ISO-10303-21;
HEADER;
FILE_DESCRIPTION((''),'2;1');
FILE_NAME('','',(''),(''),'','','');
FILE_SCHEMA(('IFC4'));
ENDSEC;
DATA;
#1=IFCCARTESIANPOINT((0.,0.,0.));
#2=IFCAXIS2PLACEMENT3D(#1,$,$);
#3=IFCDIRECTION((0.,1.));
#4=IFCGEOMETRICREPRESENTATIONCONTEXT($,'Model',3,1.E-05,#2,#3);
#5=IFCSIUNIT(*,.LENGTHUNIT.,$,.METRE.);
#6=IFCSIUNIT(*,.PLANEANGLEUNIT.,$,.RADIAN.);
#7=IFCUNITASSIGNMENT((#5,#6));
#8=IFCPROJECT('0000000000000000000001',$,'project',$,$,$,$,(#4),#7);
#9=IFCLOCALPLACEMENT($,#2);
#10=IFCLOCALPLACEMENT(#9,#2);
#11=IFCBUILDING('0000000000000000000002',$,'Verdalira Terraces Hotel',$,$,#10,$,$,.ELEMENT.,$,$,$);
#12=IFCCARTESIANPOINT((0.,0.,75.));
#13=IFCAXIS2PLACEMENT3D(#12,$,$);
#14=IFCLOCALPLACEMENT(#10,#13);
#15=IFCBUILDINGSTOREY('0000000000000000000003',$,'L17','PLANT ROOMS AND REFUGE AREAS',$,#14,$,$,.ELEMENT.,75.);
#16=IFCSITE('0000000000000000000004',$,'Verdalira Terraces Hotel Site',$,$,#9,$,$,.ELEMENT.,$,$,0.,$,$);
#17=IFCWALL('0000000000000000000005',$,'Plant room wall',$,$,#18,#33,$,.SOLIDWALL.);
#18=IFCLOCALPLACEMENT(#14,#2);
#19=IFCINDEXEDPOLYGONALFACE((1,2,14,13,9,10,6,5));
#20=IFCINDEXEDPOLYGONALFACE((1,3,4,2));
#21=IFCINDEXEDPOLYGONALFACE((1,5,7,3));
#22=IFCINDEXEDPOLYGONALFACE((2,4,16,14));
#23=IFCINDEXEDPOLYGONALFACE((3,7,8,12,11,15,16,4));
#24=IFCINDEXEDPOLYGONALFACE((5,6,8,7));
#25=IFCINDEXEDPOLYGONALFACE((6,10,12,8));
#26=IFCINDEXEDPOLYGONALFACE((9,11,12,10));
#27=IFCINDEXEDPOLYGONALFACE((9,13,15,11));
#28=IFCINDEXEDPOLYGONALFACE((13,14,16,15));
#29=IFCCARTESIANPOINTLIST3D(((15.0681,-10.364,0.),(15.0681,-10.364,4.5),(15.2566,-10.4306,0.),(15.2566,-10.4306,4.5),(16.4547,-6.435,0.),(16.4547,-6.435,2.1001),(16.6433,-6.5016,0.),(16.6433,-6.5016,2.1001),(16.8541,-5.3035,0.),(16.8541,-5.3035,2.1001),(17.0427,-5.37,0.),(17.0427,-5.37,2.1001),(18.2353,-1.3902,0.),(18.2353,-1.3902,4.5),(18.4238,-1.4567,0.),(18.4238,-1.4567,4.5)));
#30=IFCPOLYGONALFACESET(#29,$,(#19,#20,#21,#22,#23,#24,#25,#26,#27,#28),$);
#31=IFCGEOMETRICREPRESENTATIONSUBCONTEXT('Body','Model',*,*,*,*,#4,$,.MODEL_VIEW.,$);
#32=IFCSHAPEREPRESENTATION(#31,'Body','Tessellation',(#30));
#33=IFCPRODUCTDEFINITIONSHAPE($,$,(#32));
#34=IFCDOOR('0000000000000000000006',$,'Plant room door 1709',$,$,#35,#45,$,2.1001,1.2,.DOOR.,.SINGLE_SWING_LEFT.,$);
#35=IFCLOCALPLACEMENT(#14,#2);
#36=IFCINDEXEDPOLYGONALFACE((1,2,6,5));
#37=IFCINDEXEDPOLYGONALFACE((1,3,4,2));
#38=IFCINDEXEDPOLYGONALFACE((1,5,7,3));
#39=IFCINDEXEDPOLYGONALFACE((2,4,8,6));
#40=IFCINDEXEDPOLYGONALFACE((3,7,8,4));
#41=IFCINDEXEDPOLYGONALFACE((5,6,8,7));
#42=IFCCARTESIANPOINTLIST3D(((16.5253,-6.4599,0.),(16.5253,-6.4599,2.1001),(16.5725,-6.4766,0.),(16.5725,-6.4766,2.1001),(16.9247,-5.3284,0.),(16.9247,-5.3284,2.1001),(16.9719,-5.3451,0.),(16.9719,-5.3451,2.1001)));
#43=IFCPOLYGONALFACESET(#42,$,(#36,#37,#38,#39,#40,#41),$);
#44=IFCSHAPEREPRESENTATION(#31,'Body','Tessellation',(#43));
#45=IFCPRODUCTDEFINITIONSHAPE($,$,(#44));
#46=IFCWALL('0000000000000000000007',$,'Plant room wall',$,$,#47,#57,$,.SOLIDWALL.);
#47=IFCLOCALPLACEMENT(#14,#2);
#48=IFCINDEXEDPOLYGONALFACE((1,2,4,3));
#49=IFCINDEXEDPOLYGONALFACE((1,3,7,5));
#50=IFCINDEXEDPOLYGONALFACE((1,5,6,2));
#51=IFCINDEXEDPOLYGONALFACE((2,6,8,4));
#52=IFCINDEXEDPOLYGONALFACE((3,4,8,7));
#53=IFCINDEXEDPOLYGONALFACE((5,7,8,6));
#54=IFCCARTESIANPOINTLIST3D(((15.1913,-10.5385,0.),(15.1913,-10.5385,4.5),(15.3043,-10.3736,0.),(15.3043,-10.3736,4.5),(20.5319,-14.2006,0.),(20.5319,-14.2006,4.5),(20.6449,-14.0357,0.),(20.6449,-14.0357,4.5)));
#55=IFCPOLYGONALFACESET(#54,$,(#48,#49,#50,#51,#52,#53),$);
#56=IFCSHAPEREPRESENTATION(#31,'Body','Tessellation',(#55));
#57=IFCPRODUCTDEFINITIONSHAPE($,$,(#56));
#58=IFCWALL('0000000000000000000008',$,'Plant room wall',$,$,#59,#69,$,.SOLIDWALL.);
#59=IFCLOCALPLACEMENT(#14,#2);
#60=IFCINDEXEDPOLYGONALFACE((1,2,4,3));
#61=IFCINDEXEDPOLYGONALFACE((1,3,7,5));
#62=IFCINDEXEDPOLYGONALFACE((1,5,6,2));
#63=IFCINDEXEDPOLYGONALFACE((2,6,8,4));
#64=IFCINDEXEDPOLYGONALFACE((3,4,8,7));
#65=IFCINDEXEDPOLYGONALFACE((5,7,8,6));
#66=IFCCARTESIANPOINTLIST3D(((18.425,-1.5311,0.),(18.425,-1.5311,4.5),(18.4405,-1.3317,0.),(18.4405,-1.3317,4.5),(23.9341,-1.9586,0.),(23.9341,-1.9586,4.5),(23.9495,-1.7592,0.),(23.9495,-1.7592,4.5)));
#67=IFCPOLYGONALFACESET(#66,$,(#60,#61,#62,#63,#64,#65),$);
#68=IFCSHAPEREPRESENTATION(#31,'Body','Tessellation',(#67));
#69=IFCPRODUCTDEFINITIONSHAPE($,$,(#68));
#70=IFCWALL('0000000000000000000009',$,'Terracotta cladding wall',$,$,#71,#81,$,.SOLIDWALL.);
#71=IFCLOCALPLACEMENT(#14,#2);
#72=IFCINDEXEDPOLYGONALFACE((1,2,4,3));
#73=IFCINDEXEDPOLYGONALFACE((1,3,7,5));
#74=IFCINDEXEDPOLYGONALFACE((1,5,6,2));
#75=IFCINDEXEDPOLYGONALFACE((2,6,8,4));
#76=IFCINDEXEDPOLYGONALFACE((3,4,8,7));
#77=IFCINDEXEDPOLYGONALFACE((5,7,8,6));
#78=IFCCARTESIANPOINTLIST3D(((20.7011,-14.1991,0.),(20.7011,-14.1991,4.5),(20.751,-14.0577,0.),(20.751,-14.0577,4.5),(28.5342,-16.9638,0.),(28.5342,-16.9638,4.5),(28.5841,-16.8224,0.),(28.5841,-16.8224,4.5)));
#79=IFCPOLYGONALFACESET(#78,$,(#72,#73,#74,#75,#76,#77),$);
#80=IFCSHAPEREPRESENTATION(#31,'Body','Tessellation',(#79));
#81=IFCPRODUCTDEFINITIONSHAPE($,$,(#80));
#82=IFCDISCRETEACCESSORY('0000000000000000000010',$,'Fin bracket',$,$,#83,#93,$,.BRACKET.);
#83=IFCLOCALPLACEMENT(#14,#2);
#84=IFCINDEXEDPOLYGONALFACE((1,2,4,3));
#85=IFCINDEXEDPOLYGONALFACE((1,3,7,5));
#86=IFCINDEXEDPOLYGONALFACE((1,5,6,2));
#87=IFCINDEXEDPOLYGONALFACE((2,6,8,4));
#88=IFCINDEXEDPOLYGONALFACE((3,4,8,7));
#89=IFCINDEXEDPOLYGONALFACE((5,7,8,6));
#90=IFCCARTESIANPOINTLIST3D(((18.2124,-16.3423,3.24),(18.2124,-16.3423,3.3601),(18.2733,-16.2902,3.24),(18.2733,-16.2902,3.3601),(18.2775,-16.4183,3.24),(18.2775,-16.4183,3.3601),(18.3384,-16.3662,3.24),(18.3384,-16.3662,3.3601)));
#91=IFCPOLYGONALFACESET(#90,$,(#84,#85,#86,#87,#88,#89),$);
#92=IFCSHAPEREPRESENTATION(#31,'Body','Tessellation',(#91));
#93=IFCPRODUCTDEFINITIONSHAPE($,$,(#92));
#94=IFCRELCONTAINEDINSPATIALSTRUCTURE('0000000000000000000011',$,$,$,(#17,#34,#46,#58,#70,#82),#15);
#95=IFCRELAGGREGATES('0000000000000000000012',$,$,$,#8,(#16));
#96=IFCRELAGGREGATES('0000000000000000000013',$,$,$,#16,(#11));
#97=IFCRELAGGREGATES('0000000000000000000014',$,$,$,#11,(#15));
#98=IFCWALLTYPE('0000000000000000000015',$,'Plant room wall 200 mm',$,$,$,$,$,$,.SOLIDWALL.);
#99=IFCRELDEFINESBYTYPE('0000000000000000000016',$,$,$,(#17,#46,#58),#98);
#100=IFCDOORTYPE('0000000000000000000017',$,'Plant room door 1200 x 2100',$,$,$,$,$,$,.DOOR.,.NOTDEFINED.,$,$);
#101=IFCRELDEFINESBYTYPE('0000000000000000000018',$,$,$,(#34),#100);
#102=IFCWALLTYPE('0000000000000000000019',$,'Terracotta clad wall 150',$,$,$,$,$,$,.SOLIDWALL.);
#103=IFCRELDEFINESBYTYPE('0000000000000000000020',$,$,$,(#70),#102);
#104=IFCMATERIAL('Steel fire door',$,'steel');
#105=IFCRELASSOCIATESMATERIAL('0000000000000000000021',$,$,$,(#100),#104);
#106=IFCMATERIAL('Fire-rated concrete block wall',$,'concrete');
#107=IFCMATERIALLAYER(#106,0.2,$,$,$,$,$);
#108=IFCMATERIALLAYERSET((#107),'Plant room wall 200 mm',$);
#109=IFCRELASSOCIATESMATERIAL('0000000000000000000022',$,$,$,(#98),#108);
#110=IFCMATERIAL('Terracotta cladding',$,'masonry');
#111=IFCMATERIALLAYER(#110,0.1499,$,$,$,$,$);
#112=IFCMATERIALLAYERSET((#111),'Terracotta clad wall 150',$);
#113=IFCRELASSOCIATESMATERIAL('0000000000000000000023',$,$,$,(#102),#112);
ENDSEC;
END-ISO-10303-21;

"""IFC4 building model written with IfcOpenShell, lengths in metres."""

from ifc_helpers import new_model, si_unit, direction, frame, frame_2d, origin, origin_2d, place, context, subcontext, project, spatial, rectangle, extrude, material, layer, layer_set, type_object, element, fill, save


model = new_model("IFC4")

# Units and contexts
model_context = context("Model", 3, precision=1e-05, world=origin(), true_north=direction((0.0, 1.0)))
body_context = subcontext(model_context, "Body", "Model", "MODEL_VIEW")
ifc_project = project(units=[si_unit("LENGTHUNIT", "METRE"), si_unit("PLANEANGLEUNIT", "RADIAN")], contexts=[model_context])

# Site, building, storey
site_placement = place(None, origin())
site = spatial("IfcSite", under=ifc_project, at=site_placement, Name="Verdalira Terraces Hotel Site", CompositionType="ELEMENT", RefElevation=0.0)
building_placement = place(site_placement, origin())
building = spatial("IfcBuilding", under=site, at=building_placement, Name="Verdalira Terraces Hotel", CompositionType="ELEMENT")
storey_placement = place(building_placement, frame((0.0, 0.0, 75.0)))
storey = spatial("IfcBuildingStorey", under=building, at=storey_placement, Name="L17", Description="PLANT ROOMS AND REFUGE AREAS", CompositionType="ELEMENT", Elevation=75.0)

# Shared definitions
ifc_material_1 = material(Name="Steel fire door", Category="steel")
door_type_1 = type_object("IfcDoorType", Name="Plant room door 1200 x 2100", OperationType="NOTDEFINED", PredefinedType="DOOR", material=ifc_material_1)
ifc_material_2 = material(Name="Fire-rated concrete block wall", Category="concrete")
ifc_layer_1 = layer(ifc_material_2, 0.2)
ifc_layer_set_1 = layer_set([ifc_layer_1], Name="Plant room wall 200 mm")
wall_type_1 = type_object("IfcWallType", Name="Plant room wall 200 mm", PredefinedType="SOLIDWALL", material=ifc_layer_set_1)

# Wall, opening, door
wall_1_placement = place(storey_placement, frame((18.3296, -1.4233, 0.0), z_axis=(0.0, 0.0, 1.0), x_axis=(-0.332819, -0.942991, 0.0)))
wall_1 = element("IfcWall", 1, at=wall_1_placement, inside=storey, type_object=wall_type_1, Name="Plant room wall", PredefinedType="SOLIDWALL", context=body_context, shape_type="SweptSolid", body=[
    extrude(rectangle(XDim=9.5164, YDim=0.2, at=frame_2d((4.7583, 0.0))), origin(), (0.0, 0.0, 1.0), 4.5),
])
opening_1_placement = place(wall_1_placement, frame((4.1499, 0.0, 0.0)))
opening_1 = element("IfcOpeningElement", 2, at=opening_1_placement, cuts=wall_1, PredefinedType="OPENING", context=body_context, shape_type="SweptSolid", body=[
    extrude(rectangle(XDim=1.2, YDim=2.1001, at=frame_2d((0.6001, 1.05))), frame((0.0, 0.1099, 0.0), z_axis=(0.0, -1.0, 0.0), x_axis=(1.0, 0.0, 0.0)), (0.0, 0.0, 1.0), 0.22),
])
door_1_placement = place(opening_1_placement, origin())
door_1 = element("IfcDoor", 3, at=door_1_placement, inside=storey, type_object=door_type_1, Name="Plant room door 1709", OperationType="SINGLE_SWING_LEFT", OverallHeight=2.1001, OverallWidth=1.2, PredefinedType="DOOR", context=body_context, shape_type="SweptSolid", body=[
    extrude(rectangle(XDim=1.2, YDim=2.1001, at=frame_2d((0.6001, 1.05))), frame((0.0, 0.0249, 0.0), z_axis=(0.0, -1.0, 0.0), x_axis=(1.0, 0.0, 0.0)), (0.0, 0.0, 1.0), 0.05),
])
fill(opening_1, door_1)

# Walls
wall_2_placement = place(storey_placement, frame((15.2478, -10.4561, 0.0), z_axis=(0.0, 0.0, 1.0), x_axis=(0.824729, -0.565528, 0.0)))
element("IfcWall", 4, at=wall_2_placement, inside=storey, type_object=wall_type_1, Name="Plant room wall", PredefinedType="SOLIDWALL", context=body_context, shape_type="SweptSolid", body=[
    extrude(rectangle(XDim=6.4756, YDim=0.2, at=frame_2d((3.2378, 0.0))), origin(), (0.0, 0.0, 1.0), 4.5),
])
wall_3_placement = place(storey_placement, frame((18.4329, -1.4314, 0.0), z_axis=(0.0, 0.0, 1.0), x_axis=(0.997003, -0.077365, 0.0)))
element("IfcWall", 5, at=wall_3_placement, inside=storey, type_object=wall_type_1, Name="Plant room wall", PredefinedType="SOLIDWALL", context=body_context, shape_type="SweptSolid", body=[
    extrude(rectangle(XDim=5.5256, YDim=0.2, at=frame_2d((2.7627, 0.0))), origin(), (0.0, 0.0, 1.0), 4.5),
])
ifc_material_3 = material(Name="Terracotta cladding", Category="masonry")
ifc_layer_2 = layer(ifc_material_3, 0.1499)
ifc_layer_set_2 = layer_set([ifc_layer_2], Name="Terracotta clad wall 150")
wall_type_2 = type_object("IfcWallType", Name="Terracotta clad wall 150", PredefinedType="SOLIDWALL", material=ifc_layer_set_2)
wall_4_placement = place(storey_placement, frame((20.7261, -14.1284, 0.0), z_axis=(0.0, 0.0, 1.0), x_axis=(0.942988, -0.332826, 0.0)))
element("IfcWall", 6, at=wall_4_placement, inside=storey, type_object=wall_type_2, Name="Terracotta cladding wall", PredefinedType="SOLIDWALL", context=body_context, shape_type="SweptSolid", body=[
    extrude(rectangle(XDim=8.3066, YDim=0.1499, at=frame_2d((4.1533, 0.0))), origin(), (0.0, 0.0, 1.0), 4.5),
])

# Discrete accessory
discrete_accessory_placement = place(storey_placement, frame((18.2754, -16.3542, 3.24), z_axis=(0.0, 0.0, 1.0), x_axis=(0.759725, 0.650244, 0.0)))
element("IfcDiscreteAccessory", 7, at=discrete_accessory_placement, inside=storey, Name="Fin bracket", PredefinedType="BRACKET", context=body_context, shape_type="SweptSolid", body=[
    extrude(rectangle(XDim=0.0801, YDim=0.1001, at=origin_2d()), origin(), (0.0, 0.0, 1.0), 0.1201),
])

save(model, "model.ifc")
